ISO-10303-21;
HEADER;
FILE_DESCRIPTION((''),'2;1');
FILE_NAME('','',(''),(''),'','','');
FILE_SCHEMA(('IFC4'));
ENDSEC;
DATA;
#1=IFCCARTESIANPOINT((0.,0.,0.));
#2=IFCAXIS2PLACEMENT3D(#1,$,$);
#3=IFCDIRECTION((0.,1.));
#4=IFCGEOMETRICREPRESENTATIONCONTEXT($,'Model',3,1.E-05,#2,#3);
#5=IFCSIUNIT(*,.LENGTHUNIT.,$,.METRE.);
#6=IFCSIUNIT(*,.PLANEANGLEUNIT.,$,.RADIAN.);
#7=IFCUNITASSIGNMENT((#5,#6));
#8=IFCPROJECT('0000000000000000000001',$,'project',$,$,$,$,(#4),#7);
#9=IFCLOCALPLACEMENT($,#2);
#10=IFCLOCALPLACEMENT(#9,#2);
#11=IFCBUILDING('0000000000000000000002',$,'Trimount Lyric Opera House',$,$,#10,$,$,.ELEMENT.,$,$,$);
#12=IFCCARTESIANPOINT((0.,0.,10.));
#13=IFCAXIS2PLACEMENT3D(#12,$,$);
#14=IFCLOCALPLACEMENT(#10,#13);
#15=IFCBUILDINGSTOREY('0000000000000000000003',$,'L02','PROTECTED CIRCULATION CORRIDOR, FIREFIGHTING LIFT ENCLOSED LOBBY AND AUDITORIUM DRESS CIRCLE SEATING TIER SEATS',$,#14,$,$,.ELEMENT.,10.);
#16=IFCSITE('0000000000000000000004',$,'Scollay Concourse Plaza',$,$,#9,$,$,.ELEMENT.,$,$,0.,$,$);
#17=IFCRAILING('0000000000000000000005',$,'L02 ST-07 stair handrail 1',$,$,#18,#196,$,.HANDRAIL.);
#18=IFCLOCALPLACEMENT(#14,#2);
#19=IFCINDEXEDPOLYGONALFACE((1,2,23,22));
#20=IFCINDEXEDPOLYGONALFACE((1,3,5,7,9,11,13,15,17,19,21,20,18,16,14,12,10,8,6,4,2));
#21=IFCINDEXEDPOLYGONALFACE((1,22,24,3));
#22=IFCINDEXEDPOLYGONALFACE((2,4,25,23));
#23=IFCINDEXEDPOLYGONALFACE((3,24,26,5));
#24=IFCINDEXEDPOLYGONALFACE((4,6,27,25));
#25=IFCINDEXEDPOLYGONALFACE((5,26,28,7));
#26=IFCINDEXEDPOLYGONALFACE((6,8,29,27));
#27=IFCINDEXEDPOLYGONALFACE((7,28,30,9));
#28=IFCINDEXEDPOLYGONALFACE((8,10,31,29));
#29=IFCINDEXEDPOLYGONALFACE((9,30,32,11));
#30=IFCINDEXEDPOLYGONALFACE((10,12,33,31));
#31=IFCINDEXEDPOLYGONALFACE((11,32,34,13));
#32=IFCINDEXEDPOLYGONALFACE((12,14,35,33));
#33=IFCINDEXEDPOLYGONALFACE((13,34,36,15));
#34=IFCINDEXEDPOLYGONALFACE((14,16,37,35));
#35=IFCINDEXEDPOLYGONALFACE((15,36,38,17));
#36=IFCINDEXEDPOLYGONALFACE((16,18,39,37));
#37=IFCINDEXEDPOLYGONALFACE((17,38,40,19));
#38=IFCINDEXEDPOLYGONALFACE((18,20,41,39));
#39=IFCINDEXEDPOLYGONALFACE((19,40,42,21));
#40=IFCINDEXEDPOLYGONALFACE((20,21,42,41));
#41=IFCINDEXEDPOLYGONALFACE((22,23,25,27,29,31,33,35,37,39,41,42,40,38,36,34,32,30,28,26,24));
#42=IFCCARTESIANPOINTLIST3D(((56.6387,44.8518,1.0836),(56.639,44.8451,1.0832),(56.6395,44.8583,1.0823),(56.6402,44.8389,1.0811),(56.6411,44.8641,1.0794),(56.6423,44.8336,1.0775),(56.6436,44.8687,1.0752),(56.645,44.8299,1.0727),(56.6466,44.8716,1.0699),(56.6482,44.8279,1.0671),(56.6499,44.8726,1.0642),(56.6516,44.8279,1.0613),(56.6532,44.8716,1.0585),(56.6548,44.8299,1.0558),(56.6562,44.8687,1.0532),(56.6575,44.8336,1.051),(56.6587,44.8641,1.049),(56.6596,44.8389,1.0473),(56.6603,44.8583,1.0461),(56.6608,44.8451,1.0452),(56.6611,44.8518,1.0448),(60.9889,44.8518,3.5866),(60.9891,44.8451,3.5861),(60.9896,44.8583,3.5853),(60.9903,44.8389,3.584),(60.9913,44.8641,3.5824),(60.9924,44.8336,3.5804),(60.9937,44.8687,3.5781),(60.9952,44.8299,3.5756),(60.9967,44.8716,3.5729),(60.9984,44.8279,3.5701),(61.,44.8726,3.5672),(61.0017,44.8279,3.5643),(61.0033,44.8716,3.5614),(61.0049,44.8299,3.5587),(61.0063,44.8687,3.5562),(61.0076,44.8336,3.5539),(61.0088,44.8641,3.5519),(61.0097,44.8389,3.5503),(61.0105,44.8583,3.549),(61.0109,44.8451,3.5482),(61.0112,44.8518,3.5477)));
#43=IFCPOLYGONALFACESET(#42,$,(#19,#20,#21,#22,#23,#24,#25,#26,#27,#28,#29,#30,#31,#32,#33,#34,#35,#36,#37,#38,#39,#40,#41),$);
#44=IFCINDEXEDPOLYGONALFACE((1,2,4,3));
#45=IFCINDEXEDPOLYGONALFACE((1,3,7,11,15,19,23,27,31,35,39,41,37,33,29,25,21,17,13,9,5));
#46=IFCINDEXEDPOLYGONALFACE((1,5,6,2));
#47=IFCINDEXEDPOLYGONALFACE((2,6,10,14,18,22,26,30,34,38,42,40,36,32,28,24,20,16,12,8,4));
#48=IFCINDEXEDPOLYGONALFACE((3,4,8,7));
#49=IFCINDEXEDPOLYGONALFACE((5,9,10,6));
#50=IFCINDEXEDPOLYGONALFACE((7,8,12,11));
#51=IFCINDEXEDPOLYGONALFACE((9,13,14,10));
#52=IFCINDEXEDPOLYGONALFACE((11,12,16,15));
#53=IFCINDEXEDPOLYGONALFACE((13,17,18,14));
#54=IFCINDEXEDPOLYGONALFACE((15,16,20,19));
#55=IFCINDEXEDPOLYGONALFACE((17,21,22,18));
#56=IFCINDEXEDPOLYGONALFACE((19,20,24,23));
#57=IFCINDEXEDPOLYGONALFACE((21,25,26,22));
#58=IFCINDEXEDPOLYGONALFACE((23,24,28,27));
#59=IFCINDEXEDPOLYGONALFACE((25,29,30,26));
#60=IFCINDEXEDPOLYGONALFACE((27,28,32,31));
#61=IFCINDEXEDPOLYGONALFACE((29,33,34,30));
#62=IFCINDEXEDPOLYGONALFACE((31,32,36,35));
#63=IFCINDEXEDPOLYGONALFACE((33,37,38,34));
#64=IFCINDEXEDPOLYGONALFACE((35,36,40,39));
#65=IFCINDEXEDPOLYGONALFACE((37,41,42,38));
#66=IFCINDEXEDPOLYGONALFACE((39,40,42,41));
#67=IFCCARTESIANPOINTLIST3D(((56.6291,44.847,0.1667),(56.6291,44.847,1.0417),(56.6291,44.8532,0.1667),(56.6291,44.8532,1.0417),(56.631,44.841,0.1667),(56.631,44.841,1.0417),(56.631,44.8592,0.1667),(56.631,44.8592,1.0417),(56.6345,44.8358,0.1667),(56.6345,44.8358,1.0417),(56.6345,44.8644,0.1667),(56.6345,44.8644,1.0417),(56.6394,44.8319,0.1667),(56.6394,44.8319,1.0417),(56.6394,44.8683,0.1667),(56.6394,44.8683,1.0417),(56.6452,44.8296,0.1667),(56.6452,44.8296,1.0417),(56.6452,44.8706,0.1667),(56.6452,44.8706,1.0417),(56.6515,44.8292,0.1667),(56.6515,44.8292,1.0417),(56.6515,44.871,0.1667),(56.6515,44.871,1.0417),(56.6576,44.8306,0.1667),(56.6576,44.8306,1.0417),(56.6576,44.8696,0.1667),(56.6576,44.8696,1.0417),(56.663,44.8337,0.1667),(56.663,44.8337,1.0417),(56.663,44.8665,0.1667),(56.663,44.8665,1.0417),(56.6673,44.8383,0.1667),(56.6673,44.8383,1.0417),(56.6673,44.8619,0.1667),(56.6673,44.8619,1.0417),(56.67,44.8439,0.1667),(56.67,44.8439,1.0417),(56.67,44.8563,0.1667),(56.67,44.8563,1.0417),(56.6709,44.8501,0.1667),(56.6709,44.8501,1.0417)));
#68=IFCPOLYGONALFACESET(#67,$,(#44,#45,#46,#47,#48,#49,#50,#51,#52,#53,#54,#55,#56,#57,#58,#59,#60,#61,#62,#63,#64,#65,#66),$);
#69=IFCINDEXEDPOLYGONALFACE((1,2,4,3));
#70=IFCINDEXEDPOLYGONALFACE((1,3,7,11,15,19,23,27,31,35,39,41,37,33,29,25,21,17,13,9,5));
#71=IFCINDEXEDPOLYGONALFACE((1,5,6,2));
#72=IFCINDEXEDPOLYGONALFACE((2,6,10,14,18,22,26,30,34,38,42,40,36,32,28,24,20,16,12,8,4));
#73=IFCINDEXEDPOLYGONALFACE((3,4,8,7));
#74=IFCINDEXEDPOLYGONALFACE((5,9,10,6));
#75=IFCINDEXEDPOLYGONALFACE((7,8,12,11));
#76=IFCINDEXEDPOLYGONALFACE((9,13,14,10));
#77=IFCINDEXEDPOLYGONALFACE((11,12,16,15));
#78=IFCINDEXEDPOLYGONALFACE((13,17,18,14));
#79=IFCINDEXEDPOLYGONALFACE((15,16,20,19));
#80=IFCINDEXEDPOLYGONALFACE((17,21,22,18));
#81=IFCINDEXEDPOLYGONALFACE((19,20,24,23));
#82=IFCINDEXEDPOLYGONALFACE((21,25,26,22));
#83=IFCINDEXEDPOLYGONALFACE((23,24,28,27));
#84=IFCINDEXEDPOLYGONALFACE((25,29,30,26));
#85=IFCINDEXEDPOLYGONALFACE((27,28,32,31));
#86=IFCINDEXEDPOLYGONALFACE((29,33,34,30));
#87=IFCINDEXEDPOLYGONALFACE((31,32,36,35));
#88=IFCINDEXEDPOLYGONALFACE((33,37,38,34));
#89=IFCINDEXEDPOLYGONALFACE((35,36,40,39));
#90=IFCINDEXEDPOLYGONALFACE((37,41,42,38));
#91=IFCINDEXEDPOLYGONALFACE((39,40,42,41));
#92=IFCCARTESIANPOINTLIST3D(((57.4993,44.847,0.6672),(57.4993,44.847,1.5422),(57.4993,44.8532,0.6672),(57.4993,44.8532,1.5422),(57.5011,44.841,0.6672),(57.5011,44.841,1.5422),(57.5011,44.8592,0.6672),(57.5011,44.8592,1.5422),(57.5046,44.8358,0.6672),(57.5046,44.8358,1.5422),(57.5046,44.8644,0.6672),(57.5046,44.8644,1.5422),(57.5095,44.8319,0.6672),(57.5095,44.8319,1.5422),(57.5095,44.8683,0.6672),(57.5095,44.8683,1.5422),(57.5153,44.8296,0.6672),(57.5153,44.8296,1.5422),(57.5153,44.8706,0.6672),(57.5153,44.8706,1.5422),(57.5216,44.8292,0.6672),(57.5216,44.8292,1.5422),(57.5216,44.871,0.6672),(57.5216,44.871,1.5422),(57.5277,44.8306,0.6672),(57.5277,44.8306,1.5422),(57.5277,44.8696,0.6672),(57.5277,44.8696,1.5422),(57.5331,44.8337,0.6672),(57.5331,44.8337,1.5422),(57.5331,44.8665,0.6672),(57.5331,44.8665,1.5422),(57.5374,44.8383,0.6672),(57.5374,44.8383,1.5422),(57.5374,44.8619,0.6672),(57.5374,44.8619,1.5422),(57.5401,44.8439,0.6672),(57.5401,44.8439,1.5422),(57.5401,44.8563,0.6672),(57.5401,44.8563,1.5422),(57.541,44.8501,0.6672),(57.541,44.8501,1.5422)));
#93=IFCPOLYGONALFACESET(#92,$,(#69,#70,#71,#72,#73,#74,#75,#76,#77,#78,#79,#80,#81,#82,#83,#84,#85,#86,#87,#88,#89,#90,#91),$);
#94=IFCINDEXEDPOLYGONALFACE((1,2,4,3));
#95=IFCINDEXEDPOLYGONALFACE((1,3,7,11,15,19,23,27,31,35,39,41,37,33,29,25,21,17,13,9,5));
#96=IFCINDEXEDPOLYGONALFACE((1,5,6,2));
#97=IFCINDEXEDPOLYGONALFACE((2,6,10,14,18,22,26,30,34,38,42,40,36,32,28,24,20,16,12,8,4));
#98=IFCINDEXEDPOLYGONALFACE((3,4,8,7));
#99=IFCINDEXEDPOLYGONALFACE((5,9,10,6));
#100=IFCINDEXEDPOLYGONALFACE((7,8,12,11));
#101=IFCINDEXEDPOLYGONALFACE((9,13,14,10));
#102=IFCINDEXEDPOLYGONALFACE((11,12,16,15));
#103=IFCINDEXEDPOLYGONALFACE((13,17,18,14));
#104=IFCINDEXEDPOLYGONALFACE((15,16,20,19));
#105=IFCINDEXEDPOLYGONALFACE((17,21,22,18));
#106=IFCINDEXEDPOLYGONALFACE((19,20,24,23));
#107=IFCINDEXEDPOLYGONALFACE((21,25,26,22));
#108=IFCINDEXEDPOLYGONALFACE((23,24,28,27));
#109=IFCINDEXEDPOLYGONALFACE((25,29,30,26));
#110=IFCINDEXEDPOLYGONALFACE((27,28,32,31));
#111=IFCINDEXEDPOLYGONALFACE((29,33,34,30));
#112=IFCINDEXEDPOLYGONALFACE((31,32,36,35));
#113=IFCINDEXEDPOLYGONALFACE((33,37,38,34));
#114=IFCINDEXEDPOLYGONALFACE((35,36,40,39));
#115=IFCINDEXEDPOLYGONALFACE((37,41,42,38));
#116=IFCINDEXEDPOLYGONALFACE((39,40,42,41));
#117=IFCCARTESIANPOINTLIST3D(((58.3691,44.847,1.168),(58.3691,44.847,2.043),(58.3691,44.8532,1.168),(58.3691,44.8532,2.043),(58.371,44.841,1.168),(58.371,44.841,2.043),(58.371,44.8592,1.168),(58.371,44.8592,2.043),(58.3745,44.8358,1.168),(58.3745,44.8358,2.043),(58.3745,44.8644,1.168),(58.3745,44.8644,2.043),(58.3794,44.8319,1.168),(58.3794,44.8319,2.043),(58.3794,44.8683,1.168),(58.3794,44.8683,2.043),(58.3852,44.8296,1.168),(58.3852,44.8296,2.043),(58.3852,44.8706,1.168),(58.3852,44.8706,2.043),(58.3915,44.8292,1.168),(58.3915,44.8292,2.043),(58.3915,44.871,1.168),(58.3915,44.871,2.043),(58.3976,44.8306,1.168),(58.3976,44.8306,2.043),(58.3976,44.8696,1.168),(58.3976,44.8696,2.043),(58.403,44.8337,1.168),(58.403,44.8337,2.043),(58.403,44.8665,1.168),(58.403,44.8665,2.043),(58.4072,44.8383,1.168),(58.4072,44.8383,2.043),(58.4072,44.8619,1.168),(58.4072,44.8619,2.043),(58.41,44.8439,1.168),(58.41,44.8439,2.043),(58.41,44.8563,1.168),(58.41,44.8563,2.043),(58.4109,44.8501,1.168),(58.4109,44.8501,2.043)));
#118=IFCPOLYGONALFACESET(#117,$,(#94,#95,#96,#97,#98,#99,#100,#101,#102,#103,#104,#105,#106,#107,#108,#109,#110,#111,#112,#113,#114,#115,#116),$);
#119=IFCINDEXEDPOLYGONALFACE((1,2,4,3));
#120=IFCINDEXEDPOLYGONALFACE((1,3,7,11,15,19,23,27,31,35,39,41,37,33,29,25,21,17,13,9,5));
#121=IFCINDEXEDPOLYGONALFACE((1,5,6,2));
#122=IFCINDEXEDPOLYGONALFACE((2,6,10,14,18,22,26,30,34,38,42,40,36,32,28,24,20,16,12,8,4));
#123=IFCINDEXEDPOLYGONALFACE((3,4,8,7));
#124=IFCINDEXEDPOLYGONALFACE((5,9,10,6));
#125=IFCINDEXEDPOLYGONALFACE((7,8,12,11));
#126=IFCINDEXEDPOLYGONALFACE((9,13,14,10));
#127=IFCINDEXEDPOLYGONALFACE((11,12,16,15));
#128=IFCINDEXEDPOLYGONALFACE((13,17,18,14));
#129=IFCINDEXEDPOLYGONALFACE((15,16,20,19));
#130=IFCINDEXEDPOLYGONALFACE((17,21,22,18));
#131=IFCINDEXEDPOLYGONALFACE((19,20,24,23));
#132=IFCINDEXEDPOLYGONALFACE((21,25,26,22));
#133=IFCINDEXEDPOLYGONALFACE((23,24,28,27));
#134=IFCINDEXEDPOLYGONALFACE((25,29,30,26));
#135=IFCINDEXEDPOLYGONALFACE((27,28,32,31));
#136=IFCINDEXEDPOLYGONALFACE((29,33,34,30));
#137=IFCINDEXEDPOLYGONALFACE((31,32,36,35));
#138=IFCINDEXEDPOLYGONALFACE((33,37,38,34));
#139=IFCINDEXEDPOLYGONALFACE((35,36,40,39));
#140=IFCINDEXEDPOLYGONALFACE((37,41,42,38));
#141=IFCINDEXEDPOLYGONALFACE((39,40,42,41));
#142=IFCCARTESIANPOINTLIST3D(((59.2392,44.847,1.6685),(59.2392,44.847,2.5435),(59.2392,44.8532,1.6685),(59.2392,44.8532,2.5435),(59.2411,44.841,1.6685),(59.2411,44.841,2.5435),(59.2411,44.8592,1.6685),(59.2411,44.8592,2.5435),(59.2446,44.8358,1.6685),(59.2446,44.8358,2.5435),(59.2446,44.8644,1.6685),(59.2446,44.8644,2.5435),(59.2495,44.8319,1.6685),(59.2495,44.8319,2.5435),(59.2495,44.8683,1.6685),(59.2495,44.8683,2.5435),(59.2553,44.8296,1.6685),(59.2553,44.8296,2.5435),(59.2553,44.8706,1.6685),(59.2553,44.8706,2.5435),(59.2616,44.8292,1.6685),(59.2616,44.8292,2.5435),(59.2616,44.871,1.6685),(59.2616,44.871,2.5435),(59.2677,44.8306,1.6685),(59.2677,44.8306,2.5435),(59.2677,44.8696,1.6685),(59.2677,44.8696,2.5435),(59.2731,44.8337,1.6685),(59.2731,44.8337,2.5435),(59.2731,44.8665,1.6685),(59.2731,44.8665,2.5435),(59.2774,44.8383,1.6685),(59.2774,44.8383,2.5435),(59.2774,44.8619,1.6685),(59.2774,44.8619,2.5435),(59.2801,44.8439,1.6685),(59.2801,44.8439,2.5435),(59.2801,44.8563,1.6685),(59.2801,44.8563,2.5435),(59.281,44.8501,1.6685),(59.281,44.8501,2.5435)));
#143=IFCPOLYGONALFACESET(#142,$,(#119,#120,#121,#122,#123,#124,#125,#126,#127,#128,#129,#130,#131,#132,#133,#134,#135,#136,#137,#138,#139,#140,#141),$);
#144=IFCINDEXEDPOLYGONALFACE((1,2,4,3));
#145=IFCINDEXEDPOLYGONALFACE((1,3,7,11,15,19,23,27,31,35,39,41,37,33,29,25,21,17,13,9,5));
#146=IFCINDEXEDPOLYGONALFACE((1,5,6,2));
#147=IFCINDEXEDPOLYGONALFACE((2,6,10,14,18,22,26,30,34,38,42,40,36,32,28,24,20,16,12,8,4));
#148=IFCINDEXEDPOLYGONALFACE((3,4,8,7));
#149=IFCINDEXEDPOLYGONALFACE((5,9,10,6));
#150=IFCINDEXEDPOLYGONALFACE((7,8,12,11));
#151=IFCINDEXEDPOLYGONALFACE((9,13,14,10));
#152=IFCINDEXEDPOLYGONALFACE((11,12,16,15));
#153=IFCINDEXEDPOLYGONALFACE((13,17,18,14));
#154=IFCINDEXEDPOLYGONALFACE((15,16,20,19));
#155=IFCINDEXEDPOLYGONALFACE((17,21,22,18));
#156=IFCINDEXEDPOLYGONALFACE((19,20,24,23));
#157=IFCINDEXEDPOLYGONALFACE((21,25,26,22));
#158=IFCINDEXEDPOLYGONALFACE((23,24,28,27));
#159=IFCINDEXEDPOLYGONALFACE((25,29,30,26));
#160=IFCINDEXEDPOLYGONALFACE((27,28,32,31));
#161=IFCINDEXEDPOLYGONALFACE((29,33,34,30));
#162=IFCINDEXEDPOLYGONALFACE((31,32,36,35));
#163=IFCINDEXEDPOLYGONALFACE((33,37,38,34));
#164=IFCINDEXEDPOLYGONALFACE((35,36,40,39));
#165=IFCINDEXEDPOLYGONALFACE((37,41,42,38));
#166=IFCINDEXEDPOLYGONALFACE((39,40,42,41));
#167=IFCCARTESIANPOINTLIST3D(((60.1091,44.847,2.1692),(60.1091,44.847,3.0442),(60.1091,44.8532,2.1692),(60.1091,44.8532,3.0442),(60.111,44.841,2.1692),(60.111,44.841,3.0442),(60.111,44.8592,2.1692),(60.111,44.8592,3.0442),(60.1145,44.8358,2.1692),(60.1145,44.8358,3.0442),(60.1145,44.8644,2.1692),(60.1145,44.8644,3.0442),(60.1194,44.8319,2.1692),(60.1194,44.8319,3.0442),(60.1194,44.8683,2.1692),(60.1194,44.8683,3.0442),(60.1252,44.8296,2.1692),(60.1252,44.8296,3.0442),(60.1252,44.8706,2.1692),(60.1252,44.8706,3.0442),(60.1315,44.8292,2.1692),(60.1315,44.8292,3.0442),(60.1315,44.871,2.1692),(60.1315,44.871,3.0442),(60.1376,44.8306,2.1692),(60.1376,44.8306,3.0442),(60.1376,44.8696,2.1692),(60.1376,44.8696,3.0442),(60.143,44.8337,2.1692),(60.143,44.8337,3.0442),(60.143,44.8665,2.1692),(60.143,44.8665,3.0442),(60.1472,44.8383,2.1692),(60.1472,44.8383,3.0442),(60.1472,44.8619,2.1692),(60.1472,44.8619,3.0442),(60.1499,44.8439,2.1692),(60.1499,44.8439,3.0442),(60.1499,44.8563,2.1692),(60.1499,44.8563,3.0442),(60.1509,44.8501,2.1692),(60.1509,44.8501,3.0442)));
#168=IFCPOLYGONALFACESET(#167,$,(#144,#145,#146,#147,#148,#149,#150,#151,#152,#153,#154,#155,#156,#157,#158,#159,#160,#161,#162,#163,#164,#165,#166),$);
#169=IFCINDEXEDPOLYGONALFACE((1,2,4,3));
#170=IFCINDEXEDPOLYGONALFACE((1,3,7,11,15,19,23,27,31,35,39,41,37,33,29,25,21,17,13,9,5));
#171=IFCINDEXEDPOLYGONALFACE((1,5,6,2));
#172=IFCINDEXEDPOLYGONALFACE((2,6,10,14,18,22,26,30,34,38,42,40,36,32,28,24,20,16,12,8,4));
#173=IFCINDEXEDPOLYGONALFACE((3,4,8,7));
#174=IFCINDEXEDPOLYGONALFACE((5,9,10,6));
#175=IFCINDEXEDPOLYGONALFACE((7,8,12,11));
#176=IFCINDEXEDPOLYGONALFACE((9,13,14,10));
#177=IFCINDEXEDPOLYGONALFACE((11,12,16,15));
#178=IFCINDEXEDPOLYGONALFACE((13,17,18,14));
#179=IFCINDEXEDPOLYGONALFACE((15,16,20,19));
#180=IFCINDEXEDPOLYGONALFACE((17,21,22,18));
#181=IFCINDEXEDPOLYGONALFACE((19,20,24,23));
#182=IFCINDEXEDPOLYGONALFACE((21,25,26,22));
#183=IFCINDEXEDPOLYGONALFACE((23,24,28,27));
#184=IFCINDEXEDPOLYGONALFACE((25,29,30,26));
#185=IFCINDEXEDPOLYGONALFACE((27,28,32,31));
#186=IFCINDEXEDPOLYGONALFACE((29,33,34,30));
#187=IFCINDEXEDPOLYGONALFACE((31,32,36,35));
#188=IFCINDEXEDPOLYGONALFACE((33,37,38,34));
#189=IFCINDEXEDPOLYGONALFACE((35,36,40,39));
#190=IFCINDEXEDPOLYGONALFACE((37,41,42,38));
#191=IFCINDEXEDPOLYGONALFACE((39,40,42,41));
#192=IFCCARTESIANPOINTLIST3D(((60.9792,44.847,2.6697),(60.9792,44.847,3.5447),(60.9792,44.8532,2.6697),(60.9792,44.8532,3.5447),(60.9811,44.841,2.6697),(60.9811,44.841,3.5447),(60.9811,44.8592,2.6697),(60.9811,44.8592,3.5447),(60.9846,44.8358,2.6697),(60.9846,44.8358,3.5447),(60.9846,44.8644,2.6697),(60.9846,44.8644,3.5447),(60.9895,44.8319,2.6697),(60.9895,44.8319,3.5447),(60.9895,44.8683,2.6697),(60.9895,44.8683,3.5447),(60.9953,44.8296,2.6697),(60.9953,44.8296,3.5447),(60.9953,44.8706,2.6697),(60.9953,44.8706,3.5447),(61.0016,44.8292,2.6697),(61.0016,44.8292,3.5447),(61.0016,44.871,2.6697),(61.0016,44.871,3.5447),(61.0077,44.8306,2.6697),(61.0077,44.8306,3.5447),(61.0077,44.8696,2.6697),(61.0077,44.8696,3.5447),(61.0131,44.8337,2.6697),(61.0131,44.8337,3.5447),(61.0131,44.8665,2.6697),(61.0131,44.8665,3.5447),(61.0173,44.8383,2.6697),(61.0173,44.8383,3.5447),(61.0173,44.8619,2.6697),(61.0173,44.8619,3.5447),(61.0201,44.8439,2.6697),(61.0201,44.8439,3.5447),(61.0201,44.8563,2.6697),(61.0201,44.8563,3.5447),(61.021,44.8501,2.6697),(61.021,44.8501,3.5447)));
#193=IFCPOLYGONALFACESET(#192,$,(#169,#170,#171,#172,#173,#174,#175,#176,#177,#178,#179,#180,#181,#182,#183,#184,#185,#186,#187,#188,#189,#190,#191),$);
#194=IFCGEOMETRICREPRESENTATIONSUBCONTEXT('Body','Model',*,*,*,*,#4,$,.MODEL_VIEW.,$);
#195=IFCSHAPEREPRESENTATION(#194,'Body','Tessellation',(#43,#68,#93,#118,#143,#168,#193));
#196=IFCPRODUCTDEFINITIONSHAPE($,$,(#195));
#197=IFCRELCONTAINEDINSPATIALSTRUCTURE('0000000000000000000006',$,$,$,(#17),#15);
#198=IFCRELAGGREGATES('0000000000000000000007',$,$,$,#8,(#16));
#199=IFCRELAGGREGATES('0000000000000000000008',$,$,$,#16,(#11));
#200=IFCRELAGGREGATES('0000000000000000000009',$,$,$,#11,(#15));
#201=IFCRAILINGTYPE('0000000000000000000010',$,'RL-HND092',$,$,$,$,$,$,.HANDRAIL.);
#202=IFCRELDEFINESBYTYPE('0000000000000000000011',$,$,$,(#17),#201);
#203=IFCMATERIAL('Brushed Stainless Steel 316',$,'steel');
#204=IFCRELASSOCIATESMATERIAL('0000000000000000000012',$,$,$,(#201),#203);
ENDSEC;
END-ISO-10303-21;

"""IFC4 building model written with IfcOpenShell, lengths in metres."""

from ifc_helpers import new_model, si_unit, direction, frame, origin, origin_2d, place, context, subcontext, project, spatial, circle, extrude, material, type_object, element, save


model = new_model("IFC4")

# Units and contexts
model_context = context("Model", 3, precision=1e-05, world=origin(), true_north=direction((0.0, 1.0)))
body_context = subcontext(model_context, "Body", "Model", "MODEL_VIEW")
ifc_project = project(units=[si_unit("LENGTHUNIT", "METRE"), si_unit("PLANEANGLEUNIT", "RADIAN")], contexts=[model_context])

# Site, building, storey
site_placement = place(None, origin())
site = spatial("IfcSite", under=ifc_project, at=site_placement, Name="Scollay Concourse Plaza", CompositionType="ELEMENT", RefElevation=0.0)
building_placement = place(site_placement, origin())
building = spatial("IfcBuilding", under=site, at=building_placement, Name="Trimount Lyric Opera House", CompositionType="ELEMENT")
storey_placement = place(building_placement, frame((0.0, 0.0, 10.0)))
storey = spatial("IfcBuildingStorey", under=building, at=storey_placement, Name="L02", Description="PROTECTED CIRCULATION CORRIDOR, FIREFIGHTING LIFT ENCLOSED LOBBY AND AUDITORIUM DRESS CIRCLE SEATING TIER SEATS", CompositionType="ELEMENT", Elevation=10.0)

# Railing
ifc_material_1 = material(Name="Brushed Stainless Steel 316", Category="steel")
railing_type_1 = type_object("IfcRailingType", Name="RL-HND092", PredefinedType="HANDRAIL", material=ifc_material_1)
railing_1_placement = place(storey_placement, frame((56.6499, 44.8501, 0.1667)))
element("IfcRailing", 1, at=railing_1_placement, inside=storey, type_object=railing_type_1, Name="L02 ST-07 stair handrail 1", PredefinedType="HANDRAIL", context=body_context, shape_type="SweptSolid", body=[
    extrude(circle(Radius=0.0225, at=origin_2d()), frame((0.0, 0.0, 0.8975), z_axis=(0.866766, 0.0, 0.498714), x_axis=(0.0, 1.0, 0.0)), (0.0, 0.0, 1.0), 5.0188),
    extrude(circle(Radius=0.021, at=origin_2d()), origin(), (0.0, 0.0, 1.0), 0.875),
    extrude(circle(Radius=0.021, at=origin_2d()), frame((0.8701, 0.0, 0.5005)), (0.0, 0.0, 1.0), 0.875),
    extrude(circle(Radius=0.021, at=origin_2d()), frame((1.74, 0.0, 1.0012)), (0.0, 0.0, 1.0), 0.875),
    extrude(circle(Radius=0.021, at=origin_2d()), frame((2.6101, 0.0, 1.5017)), (0.0, 0.0, 1.0), 0.875),
    extrude(circle(Radius=0.021, at=origin_2d()), frame((3.48, 0.0, 2.0024)), (0.0, 0.0, 1.0), 0.875),
    extrude(circle(Radius=0.021, at=origin_2d()), frame((4.3501, 0.0, 2.5029)), (0.0, 0.0, 1.0), 0.875),
])

save(model, "model.ifc")
